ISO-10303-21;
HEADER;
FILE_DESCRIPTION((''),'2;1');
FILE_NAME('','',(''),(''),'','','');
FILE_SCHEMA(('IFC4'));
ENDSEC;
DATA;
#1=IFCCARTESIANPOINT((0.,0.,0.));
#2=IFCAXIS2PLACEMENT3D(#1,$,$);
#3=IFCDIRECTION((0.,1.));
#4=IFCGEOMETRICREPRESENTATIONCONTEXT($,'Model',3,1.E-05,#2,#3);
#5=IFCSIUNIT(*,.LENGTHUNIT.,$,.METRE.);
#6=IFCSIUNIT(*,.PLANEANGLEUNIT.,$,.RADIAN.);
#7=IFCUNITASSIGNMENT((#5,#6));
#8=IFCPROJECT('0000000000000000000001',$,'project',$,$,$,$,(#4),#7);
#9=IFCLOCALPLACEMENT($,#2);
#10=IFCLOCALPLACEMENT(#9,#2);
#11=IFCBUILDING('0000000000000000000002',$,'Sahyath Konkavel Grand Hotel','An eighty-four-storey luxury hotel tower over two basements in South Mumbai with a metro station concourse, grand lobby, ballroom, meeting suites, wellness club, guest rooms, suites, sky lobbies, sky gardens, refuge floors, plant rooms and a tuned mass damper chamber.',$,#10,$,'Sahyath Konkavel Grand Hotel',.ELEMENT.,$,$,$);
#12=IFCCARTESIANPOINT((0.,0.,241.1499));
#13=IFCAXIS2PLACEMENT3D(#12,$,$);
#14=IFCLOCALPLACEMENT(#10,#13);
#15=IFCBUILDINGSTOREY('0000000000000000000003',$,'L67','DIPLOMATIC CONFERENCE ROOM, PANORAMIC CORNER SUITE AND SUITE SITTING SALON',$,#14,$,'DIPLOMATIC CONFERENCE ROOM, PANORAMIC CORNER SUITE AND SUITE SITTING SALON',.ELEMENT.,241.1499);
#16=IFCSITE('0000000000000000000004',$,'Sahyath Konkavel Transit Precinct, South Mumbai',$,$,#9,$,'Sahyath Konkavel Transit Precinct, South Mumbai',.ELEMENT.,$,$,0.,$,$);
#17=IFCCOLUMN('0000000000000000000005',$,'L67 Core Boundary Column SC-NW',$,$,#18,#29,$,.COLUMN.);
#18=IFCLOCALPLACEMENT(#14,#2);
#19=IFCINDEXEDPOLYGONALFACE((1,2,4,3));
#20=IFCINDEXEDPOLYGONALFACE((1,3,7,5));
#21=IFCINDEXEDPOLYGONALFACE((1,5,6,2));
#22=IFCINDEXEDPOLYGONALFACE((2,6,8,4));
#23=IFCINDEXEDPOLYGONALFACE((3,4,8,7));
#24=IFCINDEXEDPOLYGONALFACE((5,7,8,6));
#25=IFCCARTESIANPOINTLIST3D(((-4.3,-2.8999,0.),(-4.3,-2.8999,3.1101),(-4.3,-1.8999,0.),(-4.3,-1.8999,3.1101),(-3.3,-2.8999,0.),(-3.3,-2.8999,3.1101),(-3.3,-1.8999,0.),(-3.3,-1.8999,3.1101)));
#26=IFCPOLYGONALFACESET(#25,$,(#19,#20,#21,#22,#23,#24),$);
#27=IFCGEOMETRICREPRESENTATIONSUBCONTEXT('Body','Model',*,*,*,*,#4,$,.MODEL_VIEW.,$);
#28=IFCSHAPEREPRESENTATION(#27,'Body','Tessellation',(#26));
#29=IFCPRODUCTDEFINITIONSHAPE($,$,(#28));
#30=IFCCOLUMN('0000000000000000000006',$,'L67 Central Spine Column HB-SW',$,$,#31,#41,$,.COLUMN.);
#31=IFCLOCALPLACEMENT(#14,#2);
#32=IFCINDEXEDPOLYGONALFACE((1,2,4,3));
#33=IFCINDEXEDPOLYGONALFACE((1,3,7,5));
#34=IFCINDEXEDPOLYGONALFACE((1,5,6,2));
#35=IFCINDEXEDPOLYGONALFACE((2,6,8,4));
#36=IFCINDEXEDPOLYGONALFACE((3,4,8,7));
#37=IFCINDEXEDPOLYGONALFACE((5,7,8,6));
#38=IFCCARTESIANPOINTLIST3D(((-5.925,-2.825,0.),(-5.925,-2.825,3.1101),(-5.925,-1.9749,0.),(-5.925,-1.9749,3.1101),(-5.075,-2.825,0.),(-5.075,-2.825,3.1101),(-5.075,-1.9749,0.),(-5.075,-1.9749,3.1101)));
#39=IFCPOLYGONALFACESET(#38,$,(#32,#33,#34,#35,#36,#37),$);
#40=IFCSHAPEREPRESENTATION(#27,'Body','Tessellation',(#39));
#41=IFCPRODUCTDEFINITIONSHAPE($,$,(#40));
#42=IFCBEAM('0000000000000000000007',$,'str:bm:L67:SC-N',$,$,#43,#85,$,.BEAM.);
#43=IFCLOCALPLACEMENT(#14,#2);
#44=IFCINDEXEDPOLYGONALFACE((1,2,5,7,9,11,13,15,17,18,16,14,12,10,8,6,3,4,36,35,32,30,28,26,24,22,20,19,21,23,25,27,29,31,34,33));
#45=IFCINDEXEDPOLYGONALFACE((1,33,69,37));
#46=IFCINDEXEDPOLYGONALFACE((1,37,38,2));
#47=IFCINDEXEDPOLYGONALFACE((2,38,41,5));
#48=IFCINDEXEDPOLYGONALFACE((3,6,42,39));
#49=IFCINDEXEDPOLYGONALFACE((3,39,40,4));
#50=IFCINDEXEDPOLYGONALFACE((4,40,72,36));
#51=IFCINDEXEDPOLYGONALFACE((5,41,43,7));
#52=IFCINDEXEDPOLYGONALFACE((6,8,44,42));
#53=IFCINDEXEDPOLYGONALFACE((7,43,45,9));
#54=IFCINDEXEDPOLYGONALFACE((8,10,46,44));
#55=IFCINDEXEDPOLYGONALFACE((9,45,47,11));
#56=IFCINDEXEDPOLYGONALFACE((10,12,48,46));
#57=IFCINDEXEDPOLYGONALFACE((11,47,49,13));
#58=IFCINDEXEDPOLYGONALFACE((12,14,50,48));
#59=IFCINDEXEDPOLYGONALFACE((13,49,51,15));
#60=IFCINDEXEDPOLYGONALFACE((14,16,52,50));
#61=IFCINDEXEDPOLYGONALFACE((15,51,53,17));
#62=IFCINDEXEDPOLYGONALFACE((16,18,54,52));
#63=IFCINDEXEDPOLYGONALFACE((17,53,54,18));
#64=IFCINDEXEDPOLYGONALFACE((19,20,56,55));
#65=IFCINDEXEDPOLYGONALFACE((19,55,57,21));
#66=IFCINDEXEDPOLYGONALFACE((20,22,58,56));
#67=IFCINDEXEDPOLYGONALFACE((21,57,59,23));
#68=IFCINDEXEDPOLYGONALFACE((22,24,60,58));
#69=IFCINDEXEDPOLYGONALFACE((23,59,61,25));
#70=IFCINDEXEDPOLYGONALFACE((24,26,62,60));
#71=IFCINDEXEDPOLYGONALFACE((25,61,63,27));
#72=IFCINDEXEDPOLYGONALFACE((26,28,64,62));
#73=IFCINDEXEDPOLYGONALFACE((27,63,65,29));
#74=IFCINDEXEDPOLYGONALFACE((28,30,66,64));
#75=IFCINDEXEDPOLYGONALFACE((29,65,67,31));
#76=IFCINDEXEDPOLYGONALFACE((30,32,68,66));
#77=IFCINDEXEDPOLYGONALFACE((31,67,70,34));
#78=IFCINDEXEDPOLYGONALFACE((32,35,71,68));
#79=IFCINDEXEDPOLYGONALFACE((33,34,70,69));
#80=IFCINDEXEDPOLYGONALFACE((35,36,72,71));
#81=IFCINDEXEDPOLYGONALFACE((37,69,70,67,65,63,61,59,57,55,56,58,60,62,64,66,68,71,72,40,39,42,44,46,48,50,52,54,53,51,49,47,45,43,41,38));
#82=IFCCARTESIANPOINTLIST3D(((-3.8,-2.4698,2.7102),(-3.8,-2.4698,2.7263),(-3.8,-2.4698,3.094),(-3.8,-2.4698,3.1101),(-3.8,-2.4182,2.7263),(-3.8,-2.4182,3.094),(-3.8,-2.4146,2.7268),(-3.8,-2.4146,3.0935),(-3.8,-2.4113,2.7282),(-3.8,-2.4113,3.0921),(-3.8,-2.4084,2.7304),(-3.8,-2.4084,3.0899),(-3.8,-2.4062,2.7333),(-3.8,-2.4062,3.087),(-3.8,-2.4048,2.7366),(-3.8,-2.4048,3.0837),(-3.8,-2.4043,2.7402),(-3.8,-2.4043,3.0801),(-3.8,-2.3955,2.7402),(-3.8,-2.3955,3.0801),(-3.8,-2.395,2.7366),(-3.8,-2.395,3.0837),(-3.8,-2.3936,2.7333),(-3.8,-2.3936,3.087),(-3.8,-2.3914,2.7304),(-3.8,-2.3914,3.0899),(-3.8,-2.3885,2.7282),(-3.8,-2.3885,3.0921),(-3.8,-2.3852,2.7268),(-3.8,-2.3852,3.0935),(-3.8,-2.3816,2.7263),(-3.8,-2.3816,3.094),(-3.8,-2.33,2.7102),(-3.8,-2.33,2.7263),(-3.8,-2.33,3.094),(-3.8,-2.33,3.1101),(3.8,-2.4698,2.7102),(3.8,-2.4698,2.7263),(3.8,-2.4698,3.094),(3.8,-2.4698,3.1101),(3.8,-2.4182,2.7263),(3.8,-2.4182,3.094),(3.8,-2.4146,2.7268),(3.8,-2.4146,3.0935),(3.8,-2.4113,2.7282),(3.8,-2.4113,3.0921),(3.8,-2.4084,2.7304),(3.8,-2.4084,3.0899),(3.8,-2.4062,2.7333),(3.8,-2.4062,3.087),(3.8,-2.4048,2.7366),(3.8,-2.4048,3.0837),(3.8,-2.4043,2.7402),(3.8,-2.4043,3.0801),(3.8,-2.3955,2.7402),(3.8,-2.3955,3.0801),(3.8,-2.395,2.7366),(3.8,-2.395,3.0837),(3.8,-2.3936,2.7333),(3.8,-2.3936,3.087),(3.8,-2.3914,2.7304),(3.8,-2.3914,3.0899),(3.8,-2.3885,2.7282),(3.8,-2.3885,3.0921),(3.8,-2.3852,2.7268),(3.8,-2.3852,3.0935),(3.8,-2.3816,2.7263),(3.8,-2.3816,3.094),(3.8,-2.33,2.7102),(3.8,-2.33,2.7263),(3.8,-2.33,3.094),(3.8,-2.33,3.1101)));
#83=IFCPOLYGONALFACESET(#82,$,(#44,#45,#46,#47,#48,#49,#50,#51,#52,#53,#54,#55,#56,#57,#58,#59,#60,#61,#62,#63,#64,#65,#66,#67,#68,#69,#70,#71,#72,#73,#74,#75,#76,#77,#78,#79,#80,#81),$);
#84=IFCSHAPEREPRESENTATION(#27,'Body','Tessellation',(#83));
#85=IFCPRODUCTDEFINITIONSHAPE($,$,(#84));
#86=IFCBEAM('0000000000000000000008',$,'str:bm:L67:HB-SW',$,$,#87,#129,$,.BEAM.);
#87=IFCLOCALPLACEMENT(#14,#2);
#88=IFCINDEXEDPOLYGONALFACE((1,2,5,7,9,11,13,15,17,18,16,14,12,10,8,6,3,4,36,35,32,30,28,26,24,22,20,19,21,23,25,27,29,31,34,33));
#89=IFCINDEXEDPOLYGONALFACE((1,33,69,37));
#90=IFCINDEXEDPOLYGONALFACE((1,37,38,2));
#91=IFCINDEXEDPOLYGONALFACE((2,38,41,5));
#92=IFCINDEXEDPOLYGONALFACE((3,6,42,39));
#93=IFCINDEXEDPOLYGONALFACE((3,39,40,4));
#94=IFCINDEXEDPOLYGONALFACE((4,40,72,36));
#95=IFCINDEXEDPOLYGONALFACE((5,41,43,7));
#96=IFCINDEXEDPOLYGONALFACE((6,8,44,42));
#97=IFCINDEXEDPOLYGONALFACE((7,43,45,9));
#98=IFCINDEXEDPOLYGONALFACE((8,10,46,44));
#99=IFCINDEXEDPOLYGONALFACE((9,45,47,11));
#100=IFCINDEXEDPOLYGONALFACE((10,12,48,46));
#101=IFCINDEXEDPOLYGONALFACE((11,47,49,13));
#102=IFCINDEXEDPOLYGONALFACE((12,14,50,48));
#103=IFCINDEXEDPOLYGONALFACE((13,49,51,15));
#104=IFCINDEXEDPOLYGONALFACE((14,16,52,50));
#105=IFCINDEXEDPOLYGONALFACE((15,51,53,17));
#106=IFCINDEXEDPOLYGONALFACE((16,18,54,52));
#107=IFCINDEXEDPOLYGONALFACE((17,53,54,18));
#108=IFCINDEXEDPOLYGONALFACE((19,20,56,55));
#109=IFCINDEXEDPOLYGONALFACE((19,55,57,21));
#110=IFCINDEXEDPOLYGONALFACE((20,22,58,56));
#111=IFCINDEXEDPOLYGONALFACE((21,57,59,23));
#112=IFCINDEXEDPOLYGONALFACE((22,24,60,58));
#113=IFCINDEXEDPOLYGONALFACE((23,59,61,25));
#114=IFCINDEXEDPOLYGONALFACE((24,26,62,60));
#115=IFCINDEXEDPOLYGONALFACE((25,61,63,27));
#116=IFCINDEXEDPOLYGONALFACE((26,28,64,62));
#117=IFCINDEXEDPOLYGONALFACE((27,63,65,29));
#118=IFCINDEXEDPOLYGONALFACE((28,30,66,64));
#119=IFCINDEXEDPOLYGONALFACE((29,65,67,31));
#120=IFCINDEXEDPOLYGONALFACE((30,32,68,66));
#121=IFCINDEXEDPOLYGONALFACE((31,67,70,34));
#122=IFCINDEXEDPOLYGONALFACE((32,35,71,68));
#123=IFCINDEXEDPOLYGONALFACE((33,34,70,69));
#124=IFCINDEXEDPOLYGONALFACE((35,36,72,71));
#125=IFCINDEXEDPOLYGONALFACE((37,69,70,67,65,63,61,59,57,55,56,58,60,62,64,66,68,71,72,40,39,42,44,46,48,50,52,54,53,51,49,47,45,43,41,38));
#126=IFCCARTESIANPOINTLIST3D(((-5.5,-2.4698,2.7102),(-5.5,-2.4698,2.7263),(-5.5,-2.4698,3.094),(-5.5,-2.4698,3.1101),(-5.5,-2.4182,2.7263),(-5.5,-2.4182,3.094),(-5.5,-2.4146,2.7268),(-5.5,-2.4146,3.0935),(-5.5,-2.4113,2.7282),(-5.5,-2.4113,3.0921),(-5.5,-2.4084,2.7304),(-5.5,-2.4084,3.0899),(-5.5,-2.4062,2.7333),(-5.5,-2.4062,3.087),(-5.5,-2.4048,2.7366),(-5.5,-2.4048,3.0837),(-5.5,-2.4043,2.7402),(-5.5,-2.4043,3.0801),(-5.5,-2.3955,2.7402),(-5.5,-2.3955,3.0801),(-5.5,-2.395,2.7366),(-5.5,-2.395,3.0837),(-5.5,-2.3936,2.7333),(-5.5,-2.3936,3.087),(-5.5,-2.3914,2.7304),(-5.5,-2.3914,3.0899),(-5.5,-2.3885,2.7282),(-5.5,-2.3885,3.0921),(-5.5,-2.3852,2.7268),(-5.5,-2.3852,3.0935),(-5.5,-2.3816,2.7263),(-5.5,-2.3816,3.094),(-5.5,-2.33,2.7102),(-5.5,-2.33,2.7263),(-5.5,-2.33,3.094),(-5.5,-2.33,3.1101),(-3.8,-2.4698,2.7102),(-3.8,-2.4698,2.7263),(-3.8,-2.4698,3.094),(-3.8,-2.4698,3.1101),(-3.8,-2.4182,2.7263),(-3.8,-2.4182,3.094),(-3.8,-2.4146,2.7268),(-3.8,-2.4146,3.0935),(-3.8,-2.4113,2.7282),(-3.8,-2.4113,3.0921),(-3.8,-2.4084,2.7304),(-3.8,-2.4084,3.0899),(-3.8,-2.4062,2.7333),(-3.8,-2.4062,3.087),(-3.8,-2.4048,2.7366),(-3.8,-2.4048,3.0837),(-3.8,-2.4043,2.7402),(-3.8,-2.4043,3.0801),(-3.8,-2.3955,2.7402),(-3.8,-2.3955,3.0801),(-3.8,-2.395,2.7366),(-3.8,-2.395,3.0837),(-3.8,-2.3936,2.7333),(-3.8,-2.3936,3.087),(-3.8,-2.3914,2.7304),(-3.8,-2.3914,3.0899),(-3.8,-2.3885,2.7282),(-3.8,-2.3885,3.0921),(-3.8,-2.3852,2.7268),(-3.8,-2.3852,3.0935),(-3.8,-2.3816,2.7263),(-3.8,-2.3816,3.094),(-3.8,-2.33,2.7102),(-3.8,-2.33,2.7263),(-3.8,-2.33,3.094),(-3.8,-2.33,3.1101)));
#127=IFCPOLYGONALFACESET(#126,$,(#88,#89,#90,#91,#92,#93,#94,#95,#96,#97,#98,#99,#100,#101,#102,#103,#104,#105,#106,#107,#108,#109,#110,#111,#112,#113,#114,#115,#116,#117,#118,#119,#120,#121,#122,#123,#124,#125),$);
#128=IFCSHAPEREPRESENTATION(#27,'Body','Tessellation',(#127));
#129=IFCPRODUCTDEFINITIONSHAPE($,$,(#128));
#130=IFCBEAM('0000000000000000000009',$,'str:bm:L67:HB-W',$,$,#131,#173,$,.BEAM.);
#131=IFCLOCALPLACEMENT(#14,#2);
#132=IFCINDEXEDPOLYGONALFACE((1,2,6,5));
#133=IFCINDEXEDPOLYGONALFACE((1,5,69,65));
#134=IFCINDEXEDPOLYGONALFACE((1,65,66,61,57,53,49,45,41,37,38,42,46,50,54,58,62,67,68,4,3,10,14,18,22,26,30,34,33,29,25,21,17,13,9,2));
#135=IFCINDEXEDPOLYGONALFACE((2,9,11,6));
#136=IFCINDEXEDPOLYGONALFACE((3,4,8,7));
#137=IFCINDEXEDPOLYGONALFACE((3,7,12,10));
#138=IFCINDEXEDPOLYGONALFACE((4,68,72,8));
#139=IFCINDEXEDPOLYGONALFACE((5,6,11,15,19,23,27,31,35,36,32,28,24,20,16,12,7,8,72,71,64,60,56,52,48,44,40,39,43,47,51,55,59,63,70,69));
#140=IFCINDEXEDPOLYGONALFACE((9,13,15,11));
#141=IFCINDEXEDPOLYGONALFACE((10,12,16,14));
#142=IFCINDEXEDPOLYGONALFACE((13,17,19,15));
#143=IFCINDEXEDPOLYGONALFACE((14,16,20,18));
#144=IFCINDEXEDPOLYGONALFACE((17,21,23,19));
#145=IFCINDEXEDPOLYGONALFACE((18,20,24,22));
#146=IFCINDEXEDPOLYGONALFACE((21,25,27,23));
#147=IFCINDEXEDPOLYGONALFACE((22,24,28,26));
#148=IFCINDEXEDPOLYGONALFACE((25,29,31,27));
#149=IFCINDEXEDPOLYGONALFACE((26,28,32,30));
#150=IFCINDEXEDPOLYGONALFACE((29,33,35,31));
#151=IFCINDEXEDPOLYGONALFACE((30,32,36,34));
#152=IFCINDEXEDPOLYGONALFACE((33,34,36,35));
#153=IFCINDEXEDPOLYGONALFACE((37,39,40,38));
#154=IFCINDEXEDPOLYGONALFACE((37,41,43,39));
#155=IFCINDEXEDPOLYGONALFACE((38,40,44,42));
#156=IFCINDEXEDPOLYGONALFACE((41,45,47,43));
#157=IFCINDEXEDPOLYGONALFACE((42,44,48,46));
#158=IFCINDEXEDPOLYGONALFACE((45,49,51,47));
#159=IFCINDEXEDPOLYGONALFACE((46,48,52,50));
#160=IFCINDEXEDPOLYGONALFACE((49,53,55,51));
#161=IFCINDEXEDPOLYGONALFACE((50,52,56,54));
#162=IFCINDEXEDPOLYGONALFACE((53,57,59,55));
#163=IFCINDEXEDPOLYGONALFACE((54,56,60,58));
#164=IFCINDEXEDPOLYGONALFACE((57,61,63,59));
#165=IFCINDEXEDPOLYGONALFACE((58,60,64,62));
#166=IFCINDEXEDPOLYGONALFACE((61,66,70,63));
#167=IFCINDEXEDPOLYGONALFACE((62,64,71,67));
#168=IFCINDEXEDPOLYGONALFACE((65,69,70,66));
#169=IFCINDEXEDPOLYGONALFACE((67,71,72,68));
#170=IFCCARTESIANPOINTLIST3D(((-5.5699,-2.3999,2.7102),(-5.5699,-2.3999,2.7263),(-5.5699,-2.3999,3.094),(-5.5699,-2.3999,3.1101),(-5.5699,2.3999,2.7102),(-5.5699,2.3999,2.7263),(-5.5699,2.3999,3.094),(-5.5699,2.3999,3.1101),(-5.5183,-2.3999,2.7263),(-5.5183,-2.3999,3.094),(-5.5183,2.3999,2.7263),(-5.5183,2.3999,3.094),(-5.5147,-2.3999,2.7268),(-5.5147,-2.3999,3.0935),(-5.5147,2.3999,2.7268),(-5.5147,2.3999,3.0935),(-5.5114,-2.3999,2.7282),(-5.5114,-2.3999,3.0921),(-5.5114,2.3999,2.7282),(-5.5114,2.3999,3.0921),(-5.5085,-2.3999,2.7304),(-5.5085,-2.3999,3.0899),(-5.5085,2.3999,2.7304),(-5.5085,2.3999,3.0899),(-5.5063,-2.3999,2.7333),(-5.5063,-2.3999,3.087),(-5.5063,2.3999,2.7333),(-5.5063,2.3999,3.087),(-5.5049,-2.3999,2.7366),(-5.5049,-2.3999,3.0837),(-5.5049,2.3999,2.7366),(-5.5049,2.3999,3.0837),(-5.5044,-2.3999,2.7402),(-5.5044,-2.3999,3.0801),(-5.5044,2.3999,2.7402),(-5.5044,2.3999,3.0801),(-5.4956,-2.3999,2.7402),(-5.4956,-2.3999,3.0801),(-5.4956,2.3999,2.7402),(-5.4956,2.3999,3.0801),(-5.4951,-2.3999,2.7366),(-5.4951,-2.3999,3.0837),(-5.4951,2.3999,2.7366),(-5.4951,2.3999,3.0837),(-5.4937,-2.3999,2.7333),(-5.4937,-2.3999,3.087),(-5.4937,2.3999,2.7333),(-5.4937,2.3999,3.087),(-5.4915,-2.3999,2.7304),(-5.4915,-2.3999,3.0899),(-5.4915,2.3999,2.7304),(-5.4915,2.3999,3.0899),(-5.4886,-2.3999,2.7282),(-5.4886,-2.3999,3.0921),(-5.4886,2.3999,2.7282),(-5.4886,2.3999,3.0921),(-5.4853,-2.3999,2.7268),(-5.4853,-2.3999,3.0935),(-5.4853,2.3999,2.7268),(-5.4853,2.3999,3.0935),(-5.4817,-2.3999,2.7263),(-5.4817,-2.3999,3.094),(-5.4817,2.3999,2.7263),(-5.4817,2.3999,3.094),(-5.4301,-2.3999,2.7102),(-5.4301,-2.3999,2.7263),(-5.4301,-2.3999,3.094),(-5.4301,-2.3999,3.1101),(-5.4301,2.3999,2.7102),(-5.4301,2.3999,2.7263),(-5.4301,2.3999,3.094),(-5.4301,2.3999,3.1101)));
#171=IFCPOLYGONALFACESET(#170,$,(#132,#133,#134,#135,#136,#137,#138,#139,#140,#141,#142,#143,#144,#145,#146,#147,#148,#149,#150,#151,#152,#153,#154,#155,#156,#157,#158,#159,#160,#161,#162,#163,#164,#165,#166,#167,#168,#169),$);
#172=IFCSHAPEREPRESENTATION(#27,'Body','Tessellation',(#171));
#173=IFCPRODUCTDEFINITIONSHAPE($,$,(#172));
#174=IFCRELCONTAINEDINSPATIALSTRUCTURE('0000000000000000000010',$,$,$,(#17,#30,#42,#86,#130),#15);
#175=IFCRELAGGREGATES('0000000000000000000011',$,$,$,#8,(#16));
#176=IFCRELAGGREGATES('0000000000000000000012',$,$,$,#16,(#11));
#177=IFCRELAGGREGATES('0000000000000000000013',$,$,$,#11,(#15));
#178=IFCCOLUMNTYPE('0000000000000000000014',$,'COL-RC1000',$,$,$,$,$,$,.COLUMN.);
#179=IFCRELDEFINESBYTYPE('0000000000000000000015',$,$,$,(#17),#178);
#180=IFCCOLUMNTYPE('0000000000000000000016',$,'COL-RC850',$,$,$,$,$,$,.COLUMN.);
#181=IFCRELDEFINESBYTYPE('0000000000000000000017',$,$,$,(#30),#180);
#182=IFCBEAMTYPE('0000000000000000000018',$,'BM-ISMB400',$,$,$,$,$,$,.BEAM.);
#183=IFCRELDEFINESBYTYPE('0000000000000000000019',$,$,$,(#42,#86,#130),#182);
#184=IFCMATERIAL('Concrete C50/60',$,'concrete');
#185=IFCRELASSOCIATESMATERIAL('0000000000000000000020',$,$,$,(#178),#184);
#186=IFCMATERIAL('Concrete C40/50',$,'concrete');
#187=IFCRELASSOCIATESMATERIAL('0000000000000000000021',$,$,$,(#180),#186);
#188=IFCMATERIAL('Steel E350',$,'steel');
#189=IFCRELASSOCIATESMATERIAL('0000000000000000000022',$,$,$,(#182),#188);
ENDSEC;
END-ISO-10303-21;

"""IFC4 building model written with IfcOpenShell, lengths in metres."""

from ifc_helpers import new_model, si_unit, direction, frame, origin, origin_2d, place, context, subcontext, project, spatial, rectangle, i_section, extrude, source, transform, mapped, material, material_profile, profile_set, type_object, element, save


model = new_model("IFC4")

# Units and contexts
model_context = context("Model", 3, precision=1e-05, world=origin(), true_north=direction((0.0, 1.0)))
body_context = subcontext(model_context, "Body", "Model", "MODEL_VIEW")
ifc_project = project(units=[si_unit("LENGTHUNIT", "METRE"), si_unit("PLANEANGLEUNIT", "RADIAN")], contexts=[model_context])

# Site, building, storey
site_placement = place(None, origin())
site = spatial("IfcSite", under=ifc_project, at=site_placement, Name="Sahyath Konkavel Transit Precinct, South Mumbai", LongName="Sahyath Konkavel Transit Precinct, South Mumbai", CompositionType="ELEMENT", RefElevation=0.0)
building_placement = place(site_placement, origin())
building = spatial("IfcBuilding", under=site, at=building_placement, Name="Sahyath Konkavel Grand Hotel", Description="An eighty-four-storey luxury hotel tower over two basements in South Mumbai with a metro station concourse, grand lobby, ballroom, meeting suites, wellness club, guest rooms, suites, sky lobbies, sky gardens, refuge floors, plant rooms and a tuned mass damper chamber.", LongName="Sahyath Konkavel Grand Hotel", CompositionType="ELEMENT")
storey_placement = place(building_placement, frame((0.0, 0.0, 241.1499)))
storey = spatial("IfcBuildingStorey", under=building, at=storey_placement, Name="L67", Description="DIPLOMATIC CONFERENCE ROOM, PANORAMIC CORNER SUITE AND SUITE SITTING SALON", LongName="DIPLOMATIC CONFERENCE ROOM, PANORAMIC CORNER SUITE AND SUITE SITTING SALON", CompositionType="ELEMENT", Elevation=241.1499)

# Columns
ifc_material_1 = material(Name="Concrete C50/60", Category="concrete")
ifc_material_profile_1 = material_profile(ifc_material_1, rectangle(XDim=1.0, YDim=1.0, at=origin_2d()), Name="RC 1000x1000")
ifc_profile_set_1 = profile_set([ifc_material_profile_1], Name="Concrete C50/60")
column_type_1 = type_object("IfcColumnType", Name="COL-RC1000", PredefinedType="COLUMN", material=ifc_profile_set_1)
shared_shape_1 = source(origin(), body_context, "Body", "SweptSolid", [
    extrude(rectangle(XDim=1.0, YDim=1.0, at=origin_2d()), origin(), (0.0, 0.0, 1.0), 3.1101),
])
column_1_placement = place(storey_placement, frame((-3.8, -2.3999, 0.0), z_axis=(0.0, 0.0, 1.0), x_axis=(1.0, 0.0, 0.0)))
element("IfcColumn", 1, at=column_1_placement, inside=storey, type_object=column_type_1, Name="L67 Core Boundary Column SC-NW", PredefinedType="COLUMN", context=body_context, shape_type="MappedRepresentation", body=[
    mapped(shared_shape_1, transform((0.0, 0.0, 0.0), scale=1.0)),
])
ifc_material_2 = material(Name="Concrete C40/50", Category="concrete")
ifc_material_profile_2 = material_profile(ifc_material_2, rectangle(XDim=0.8501, YDim=0.8501, at=origin_2d()), Name="RC 850x850")
ifc_profile_set_2 = profile_set([ifc_material_profile_2], Name="Concrete C40/50")
column_type_2 = type_object("IfcColumnType", Name="COL-RC850", PredefinedType="COLUMN", material=ifc_profile_set_2)
shared_shape_2 = source(origin(), body_context, "Body", "SweptSolid", [
    extrude(rectangle(XDim=0.8501, YDim=0.8501, at=origin_2d()), origin(), (0.0, 0.0, 1.0), 3.1101),
])
column_2_placement = place(storey_placement, frame((-5.5, -2.3999, 0.0), z_axis=(0.0, 0.0, 1.0), x_axis=(1.0, 0.0, 0.0)))
element("IfcColumn", 2, at=column_2_placement, inside=storey, type_object=column_type_2, Name="L67 Central Spine Column HB-SW", PredefinedType="COLUMN", context=body_context, shape_type="MappedRepresentation", body=[
    mapped(shared_shape_2, transform((0.0, 0.0, 0.0), scale=1.0)),
])

# Beams
ifc_material_3 = material(Name="Steel E350", Category="steel")
ifc_material_profile_3 = material_profile(ifc_material_3, i_section(OverallWidth=0.1399, OverallDepth=0.3999, WebThickness=0.0088, FlangeThickness=0.0161, FilletRadius=0.0139, at=origin_2d()), Name="ISMB 400")
ifc_profile_set_3 = profile_set([ifc_material_profile_3], Name="Steel E350")
beam_type_1 = type_object("IfcBeamType", Name="BM-ISMB400", PredefinedType="BEAM", material=ifc_profile_set_3)
shared_shape_3 = source(origin(), body_context, "Body", "SweptSolid", [
    extrude(i_section(OverallWidth=0.1399, OverallDepth=0.3999, WebThickness=0.0088, FlangeThickness=0.0161, FilletRadius=0.0139, at=origin_2d()), origin(), (0.0, 0.0, 1.0), 7.6001),
])
beam_1_placement = place(storey_placement, frame((-3.8, -2.3999, 2.9102), z_axis=(1.0, 0.0, 0.0), x_axis=(0.0, 1.0, 0.0)))
element("IfcBeam", 3, at=beam_1_placement, inside=storey, type_object=beam_type_1, Name="str:bm:L67:SC-N", PredefinedType="BEAM", context=body_context, shape_type="MappedRepresentation", body=[
    mapped(shared_shape_3, transform((0.0, 0.0, 0.0), scale=1.0)),
])
shared_shape_4 = source(origin(), body_context, "Body", "SweptSolid", [
    extrude(i_section(OverallWidth=0.1399, OverallDepth=0.3999, WebThickness=0.0088, FlangeThickness=0.0161, FilletRadius=0.0139, at=origin_2d()), origin(), (0.0, 0.0, 1.0), 1.7),
])
beam_2_placement = place(storey_placement, frame((-5.5, -2.3999, 2.9102), z_axis=(1.0, 0.0, 0.0), x_axis=(0.0, 1.0, 0.0)))
element("IfcBeam", 4, at=beam_2_placement, inside=storey, type_object=beam_type_1, Name="str:bm:L67:HB-SW", PredefinedType="BEAM", context=body_context, shape_type="MappedRepresentation", body=[
    mapped(shared_shape_4, transform((0.0, 0.0, 0.0), scale=1.0)),
])
shared_shape_5 = source(origin(), body_context, "Body", "SweptSolid", [
    extrude(i_section(OverallWidth=0.1399, OverallDepth=0.3999, WebThickness=0.0088, FlangeThickness=0.0161, FilletRadius=0.0139, at=origin_2d()), origin(), (0.0, 0.0, 1.0), 4.7998),
])
beam_3_placement = place(storey_placement, frame((-5.5, -2.3999, 2.9102), z_axis=(0.0, 1.0, 0.0), x_axis=(-1.0, 0.0, 0.0)))
element("IfcBeam", 5, at=beam_3_placement, inside=storey, type_object=beam_type_1, Name="str:bm:L67:HB-W", PredefinedType="BEAM", context=body_context, shape_type="MappedRepresentation", body=[
    mapped(shared_shape_5, transform((0.0, 0.0, 0.0), scale=1.0)),
])

save(model, "model.ifc")
